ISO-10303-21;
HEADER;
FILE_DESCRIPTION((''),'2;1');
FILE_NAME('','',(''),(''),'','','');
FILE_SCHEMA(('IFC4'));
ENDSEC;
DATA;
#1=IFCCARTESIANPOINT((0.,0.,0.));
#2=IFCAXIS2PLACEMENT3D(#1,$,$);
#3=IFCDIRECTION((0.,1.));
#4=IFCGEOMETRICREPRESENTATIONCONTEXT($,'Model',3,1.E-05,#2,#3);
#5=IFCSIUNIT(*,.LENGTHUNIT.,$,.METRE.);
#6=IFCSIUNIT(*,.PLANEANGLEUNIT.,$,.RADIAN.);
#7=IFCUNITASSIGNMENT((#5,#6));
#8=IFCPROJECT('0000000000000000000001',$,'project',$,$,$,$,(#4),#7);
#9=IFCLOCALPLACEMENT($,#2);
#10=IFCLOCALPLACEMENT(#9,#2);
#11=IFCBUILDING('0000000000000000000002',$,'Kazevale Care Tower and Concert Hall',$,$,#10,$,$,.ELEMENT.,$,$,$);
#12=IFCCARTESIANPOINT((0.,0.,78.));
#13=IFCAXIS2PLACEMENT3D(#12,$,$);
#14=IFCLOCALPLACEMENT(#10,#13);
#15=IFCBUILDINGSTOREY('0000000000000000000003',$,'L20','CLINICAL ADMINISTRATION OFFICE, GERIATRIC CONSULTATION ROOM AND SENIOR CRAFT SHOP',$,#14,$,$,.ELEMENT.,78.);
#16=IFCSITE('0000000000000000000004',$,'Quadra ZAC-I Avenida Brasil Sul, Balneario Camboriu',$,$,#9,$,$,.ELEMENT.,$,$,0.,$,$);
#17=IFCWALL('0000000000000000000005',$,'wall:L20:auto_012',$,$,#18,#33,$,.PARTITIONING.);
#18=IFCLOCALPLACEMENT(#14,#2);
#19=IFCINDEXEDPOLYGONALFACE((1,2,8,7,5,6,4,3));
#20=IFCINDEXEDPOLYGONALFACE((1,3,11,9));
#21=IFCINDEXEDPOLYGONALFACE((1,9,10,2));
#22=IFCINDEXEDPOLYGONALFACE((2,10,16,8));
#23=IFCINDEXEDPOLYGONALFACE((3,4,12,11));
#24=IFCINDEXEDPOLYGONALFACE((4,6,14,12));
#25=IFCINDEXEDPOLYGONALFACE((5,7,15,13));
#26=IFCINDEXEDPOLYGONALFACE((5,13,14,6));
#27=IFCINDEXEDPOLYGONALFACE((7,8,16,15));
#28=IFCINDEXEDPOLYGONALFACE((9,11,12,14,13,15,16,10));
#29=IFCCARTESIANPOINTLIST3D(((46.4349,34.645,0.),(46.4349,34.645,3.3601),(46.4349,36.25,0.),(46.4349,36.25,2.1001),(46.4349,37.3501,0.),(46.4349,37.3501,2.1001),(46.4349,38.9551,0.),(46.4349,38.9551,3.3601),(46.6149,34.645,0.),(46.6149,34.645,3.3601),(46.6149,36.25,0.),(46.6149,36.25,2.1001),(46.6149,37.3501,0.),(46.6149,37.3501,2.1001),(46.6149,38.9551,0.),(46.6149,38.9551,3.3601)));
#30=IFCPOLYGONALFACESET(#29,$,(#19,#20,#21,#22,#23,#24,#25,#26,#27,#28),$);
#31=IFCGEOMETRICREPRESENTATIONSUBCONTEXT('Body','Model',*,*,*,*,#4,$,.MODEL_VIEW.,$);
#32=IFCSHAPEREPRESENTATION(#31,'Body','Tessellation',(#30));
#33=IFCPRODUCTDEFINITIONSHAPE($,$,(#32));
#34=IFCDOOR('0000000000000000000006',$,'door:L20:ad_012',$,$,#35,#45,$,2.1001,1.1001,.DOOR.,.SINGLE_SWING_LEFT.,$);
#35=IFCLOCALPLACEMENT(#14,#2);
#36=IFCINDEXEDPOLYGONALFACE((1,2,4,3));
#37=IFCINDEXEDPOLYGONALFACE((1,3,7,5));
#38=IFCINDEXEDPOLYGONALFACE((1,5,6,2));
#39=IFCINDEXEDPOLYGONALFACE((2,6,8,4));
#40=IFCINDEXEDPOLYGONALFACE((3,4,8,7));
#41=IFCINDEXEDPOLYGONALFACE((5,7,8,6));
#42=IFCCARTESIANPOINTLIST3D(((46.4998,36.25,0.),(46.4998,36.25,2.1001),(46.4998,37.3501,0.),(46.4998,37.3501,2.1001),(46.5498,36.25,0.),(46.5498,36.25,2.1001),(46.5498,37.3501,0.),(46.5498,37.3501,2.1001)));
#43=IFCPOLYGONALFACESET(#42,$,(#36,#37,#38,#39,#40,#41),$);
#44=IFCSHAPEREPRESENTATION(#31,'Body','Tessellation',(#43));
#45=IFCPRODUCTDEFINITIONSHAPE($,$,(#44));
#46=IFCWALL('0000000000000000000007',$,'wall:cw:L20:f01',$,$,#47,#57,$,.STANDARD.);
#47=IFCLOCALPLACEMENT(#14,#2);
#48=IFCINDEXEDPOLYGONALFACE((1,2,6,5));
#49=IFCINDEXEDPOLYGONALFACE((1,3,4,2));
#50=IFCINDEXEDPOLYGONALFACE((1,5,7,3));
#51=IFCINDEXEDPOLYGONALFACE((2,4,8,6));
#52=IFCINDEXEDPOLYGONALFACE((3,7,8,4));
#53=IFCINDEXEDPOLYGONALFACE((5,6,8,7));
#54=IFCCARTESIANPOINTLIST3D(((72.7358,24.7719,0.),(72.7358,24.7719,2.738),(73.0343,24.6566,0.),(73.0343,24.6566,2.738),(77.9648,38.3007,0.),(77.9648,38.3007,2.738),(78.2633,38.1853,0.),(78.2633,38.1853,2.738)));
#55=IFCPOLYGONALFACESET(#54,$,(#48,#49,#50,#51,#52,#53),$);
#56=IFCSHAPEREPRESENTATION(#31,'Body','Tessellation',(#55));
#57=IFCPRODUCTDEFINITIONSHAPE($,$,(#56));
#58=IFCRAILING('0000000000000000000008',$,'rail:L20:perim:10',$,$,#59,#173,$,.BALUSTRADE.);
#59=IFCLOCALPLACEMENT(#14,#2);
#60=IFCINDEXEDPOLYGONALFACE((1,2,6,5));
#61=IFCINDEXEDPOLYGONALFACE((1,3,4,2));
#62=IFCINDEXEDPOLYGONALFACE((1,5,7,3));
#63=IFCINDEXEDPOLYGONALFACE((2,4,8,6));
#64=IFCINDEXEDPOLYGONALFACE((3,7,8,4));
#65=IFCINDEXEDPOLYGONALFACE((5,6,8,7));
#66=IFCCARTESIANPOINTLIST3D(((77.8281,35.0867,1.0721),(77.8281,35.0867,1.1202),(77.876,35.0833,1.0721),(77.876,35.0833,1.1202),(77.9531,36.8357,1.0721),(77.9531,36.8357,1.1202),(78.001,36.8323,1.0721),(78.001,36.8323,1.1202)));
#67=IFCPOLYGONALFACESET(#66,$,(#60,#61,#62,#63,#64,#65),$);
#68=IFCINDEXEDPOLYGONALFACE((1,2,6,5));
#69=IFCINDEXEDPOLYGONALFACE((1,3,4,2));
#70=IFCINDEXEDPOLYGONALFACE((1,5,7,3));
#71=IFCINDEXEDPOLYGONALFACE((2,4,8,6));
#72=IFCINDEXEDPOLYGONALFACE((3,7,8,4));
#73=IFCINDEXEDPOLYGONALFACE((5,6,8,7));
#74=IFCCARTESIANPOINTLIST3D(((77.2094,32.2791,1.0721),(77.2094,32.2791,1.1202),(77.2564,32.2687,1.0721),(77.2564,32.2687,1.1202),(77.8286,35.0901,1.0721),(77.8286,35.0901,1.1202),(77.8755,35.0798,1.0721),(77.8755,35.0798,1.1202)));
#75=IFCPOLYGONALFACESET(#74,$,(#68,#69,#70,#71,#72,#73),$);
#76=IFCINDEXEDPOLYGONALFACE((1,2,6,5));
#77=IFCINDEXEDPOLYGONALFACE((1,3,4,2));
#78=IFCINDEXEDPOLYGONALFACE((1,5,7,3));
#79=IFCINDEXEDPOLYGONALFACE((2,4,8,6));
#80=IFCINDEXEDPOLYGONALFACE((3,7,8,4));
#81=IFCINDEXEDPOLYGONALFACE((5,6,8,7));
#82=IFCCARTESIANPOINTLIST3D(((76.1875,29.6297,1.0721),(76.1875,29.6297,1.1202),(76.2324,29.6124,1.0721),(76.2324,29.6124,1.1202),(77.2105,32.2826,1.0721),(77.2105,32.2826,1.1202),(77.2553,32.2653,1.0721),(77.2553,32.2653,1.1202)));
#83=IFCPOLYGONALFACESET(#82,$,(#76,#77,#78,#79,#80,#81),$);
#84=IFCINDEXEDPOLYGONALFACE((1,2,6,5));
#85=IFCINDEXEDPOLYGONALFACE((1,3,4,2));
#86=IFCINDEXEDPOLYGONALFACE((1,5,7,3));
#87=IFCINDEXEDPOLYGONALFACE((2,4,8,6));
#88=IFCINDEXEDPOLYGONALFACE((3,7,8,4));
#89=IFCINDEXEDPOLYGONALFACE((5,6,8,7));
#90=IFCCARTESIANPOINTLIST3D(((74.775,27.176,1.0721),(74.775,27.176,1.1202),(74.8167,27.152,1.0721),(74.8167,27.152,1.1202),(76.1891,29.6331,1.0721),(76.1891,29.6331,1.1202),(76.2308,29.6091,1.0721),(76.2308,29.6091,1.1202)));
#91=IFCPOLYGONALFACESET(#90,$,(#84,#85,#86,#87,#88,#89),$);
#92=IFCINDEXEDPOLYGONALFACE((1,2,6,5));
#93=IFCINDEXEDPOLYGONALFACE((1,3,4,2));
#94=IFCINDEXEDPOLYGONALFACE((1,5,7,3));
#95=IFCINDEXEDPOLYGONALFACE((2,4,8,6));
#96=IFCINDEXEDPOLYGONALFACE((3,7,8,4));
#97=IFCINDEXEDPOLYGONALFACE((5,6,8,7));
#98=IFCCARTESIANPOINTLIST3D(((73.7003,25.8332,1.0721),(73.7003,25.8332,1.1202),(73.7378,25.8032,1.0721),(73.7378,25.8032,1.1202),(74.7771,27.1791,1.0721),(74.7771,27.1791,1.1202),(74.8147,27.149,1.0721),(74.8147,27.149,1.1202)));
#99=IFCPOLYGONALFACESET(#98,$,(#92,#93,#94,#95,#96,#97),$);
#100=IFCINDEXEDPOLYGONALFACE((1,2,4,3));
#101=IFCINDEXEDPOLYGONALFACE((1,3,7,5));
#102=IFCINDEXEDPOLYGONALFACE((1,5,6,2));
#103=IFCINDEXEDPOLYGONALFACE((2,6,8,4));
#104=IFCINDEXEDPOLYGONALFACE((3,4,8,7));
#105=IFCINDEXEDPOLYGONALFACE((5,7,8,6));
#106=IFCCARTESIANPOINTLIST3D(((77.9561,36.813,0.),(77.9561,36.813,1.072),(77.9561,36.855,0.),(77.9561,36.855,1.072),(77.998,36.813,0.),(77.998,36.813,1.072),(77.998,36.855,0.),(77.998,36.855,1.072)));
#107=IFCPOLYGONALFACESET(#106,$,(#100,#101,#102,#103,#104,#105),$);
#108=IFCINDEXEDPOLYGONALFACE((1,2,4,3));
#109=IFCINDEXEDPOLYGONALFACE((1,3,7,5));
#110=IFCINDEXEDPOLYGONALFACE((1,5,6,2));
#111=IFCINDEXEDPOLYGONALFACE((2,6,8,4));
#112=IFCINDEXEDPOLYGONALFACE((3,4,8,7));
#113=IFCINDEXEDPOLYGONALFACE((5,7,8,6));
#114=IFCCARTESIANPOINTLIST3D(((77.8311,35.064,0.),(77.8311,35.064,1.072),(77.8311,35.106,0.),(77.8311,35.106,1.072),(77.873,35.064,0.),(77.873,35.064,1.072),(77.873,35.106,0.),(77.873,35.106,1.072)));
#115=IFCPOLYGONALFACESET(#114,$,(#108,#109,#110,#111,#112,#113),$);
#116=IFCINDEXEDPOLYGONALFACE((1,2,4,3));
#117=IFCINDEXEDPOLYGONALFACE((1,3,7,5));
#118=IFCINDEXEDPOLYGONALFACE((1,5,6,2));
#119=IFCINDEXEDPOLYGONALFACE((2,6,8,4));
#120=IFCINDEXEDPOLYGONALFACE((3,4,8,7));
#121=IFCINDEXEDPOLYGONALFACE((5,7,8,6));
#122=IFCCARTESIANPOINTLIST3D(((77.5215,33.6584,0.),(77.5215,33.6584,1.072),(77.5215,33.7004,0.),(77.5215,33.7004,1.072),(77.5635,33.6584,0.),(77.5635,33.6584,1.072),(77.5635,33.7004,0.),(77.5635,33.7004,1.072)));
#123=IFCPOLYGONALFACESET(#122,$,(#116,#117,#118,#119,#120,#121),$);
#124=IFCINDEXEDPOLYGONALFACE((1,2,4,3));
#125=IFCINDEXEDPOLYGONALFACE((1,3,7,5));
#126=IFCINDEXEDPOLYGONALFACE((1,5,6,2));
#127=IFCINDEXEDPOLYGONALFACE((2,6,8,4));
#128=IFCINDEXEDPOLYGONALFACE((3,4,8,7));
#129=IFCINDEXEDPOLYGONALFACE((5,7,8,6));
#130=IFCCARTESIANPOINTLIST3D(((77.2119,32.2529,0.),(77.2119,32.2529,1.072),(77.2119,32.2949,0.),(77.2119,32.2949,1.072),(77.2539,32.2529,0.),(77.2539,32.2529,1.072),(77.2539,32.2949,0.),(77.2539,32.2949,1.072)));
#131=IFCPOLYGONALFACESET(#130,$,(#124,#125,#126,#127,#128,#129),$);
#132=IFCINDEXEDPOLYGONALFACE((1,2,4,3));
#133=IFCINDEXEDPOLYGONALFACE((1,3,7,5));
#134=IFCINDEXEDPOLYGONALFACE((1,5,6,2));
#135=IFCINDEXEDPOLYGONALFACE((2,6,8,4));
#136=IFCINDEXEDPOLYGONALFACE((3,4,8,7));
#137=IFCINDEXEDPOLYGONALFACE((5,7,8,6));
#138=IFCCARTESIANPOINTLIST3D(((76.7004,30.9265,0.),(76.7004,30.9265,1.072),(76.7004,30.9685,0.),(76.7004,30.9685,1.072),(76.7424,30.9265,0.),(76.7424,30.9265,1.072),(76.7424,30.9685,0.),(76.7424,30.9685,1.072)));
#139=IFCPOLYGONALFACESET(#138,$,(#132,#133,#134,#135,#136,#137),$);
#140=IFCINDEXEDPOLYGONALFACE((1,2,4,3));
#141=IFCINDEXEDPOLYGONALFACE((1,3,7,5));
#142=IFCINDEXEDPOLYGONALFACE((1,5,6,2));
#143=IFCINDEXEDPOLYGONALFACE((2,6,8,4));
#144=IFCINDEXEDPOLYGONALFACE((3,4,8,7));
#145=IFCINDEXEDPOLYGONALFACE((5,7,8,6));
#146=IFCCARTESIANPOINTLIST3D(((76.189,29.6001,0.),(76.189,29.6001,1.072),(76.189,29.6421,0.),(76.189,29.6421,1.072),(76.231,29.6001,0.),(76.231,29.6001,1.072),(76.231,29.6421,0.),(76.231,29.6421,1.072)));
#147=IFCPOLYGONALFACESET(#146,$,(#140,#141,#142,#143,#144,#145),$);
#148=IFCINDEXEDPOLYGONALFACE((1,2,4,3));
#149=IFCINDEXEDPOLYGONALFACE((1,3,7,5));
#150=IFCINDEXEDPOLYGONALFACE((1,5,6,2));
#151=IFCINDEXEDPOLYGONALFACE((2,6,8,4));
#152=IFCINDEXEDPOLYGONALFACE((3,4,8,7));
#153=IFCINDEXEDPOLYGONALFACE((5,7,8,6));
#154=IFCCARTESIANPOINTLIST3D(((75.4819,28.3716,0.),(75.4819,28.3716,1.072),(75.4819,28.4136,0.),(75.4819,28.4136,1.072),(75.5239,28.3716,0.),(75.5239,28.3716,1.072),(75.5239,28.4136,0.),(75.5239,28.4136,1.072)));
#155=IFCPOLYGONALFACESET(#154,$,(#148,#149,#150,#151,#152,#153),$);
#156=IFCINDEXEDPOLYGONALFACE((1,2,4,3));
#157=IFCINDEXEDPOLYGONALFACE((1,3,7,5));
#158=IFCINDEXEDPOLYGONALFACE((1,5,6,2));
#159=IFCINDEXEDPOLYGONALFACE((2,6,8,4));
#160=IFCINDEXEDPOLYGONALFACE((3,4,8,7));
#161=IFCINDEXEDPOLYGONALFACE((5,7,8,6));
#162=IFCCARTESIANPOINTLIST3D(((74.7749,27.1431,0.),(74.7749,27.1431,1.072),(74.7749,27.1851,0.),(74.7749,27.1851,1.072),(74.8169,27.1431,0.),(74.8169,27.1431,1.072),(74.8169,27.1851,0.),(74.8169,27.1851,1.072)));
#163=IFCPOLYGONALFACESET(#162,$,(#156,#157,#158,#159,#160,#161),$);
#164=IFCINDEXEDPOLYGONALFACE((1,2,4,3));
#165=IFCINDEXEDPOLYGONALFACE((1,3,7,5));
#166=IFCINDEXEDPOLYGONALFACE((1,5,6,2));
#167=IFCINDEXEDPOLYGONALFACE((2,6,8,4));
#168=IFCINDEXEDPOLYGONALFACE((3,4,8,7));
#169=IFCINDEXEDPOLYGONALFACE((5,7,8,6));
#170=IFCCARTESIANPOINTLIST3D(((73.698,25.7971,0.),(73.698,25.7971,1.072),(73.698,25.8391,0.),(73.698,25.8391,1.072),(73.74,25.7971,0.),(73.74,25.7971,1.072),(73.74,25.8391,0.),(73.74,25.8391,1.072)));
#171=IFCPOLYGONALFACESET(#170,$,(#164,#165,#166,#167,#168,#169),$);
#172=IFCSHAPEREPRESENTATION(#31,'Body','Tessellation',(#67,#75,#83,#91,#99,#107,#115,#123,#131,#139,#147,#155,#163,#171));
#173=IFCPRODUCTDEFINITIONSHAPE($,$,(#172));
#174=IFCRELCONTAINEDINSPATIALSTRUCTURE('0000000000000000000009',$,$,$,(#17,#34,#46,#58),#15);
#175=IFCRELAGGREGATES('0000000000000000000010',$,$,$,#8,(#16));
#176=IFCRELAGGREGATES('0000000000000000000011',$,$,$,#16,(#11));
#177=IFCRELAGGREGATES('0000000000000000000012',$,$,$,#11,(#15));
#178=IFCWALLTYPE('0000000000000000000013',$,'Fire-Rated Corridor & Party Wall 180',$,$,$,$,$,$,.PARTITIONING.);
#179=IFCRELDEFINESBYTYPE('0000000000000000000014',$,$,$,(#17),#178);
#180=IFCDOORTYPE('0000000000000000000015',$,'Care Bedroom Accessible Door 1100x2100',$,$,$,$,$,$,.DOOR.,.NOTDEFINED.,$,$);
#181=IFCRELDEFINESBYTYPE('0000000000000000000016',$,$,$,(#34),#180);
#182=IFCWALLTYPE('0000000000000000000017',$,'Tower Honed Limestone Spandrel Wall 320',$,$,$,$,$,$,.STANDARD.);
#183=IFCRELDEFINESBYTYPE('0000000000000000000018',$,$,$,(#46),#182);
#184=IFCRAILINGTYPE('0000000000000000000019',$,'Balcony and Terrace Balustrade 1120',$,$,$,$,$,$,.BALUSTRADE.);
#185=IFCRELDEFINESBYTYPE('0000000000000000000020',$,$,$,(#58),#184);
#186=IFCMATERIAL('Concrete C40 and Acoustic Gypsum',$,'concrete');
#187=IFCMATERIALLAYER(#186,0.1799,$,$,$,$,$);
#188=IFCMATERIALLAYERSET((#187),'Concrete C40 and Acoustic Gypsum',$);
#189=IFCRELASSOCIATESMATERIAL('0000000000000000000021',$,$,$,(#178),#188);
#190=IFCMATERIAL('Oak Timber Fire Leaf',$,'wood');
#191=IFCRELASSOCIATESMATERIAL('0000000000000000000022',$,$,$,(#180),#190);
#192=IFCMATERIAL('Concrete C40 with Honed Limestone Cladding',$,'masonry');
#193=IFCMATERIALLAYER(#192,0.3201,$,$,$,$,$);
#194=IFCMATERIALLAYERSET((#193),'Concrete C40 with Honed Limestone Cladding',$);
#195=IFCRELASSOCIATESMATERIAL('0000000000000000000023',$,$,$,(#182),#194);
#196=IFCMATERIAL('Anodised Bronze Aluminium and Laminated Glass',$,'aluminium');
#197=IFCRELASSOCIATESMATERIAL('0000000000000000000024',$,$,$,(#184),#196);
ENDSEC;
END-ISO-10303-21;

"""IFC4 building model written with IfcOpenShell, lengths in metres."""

from ifc_helpers import new_model, si_unit, direction, frame, frame_2d, origin, origin_2d, place, context, subcontext, project, spatial, rectangle, extrude, material, layer, layer_set, type_object, element, fill, save


model = new_model("IFC4")

# Units and contexts
model_context = context("Model", 3, precision=1e-05, world=origin(), true_north=direction((0.0, 1.0)))
body_context = subcontext(model_context, "Body", "Model", "MODEL_VIEW")
ifc_project = project(units=[si_unit("LENGTHUNIT", "METRE"), si_unit("PLANEANGLEUNIT", "RADIAN")], contexts=[model_context])

# Site, building, storey
site_placement = place(None, origin())
site = spatial("IfcSite", under=ifc_project, at=site_placement, Name="Quadra ZAC-I Avenida Brasil Sul, Balneario Camboriu", CompositionType="ELEMENT", RefElevation=0.0)
building_placement = place(site_placement, origin())
building = spatial("IfcBuilding", under=site, at=building_placement, Name="Kazevale Care Tower and Concert Hall", CompositionType="ELEMENT")
storey_placement = place(building_placement, frame((0.0, 0.0, 78.0)))
storey = spatial("IfcBuildingStorey", under=building, at=storey_placement, Name="L20", Description="CLINICAL ADMINISTRATION OFFICE, GERIATRIC CONSULTATION ROOM AND SENIOR CRAFT SHOP", CompositionType="ELEMENT", Elevation=78.0)

# Wall, opening, door
ifc_material_1 = material(Name="Concrete C40 and Acoustic Gypsum", Category="concrete")
ifc_layer_1 = layer(ifc_material_1, 0.1799)
ifc_layer_set_1 = layer_set([ifc_layer_1], Name="Concrete C40 and Acoustic Gypsum")
wall_type_1 = type_object("IfcWallType", Name="Fire-Rated Corridor & Party Wall 180", PredefinedType="PARTITIONING", material=ifc_layer_set_1)
ifc_material_2 = material(Name="Oak Timber Fire Leaf", Category="wood")
door_type = type_object("IfcDoorType", Name="Care Bedroom Accessible Door 1100x2100", OperationType="NOTDEFINED", PredefinedType="DOOR", material=ifc_material_2)
wall_1_placement = place(storey_placement, frame((46.5249, 38.9551, 0.0), z_axis=(0.0, 0.0, 1.0), x_axis=(0.0, -1.0, 0.0)))
wall_1 = element("IfcWall", 1, at=wall_1_placement, inside=storey, type_object=wall_type_1, Name="wall:L20:auto_012", PredefinedType="PARTITIONING", context=body_context, shape_type="SweptSolid", body=[
    extrude(rectangle(XDim=4.3101, YDim=0.1799, at=frame_2d((2.155, 0.0))), origin(), (0.0, 0.0, 1.0), 3.3601),
])
opening_1_placement = place(wall_1_placement, frame((1.605, 0.0, 0.0)))
opening_1 = element("IfcOpeningElement", 2, at=opening_1_placement, cuts=wall_1, PredefinedType="OPENING", context=body_context, shape_type="SweptSolid", body=[
    extrude(rectangle(XDim=1.1001, YDim=2.1001, at=frame_2d((0.55, 1.05))), frame((0.0, 0.0999, 0.0), z_axis=(0.0, -1.0, 0.0), x_axis=(1.0, 0.0, 0.0)), (0.0, 0.0, 1.0), 0.2),
])
door_1_placement = place(opening_1_placement, origin())
door_1 = element("IfcDoor", 3, at=door_1_placement, inside=storey, type_object=door_type, Name="door:L20:ad_012", OperationType="SINGLE_SWING_LEFT", OverallHeight=2.1001, OverallWidth=1.1001, PredefinedType="DOOR", context=body_context, shape_type="SweptSolid", body=[
    extrude(rectangle(XDim=1.1001, YDim=2.1001, at=frame_2d((0.55, 1.05))), frame((0.0, 0.0249, 0.0), z_axis=(0.0, -1.0, 0.0), x_axis=(1.0, 0.0, 0.0)), (0.0, 0.0, 1.0), 0.05),
])
fill(opening_1, door_1)

# Wall
ifc_material_3 = material(Name="Concrete C40 with Honed Limestone Cladding", Category="masonry")
ifc_layer_2 = layer(ifc_material_3, 0.3201)
ifc_layer_set_2 = layer_set([ifc_layer_2], Name="Concrete C40 with Honed Limestone Cladding")
wall_type_2 = type_object("IfcWallType", Name="Tower Honed Limestone Spandrel Wall 320", PredefinedType="STANDARD", material=ifc_layer_set_2)
wall_2_placement = place(storey_placement, frame((78.114, 38.2429, 0.0), z_axis=(0.0, 0.0, 1.0), x_axis=(-0.360517, -0.932753, 0.0)))
element("IfcWall", 4, at=wall_2_placement, inside=storey, type_object=wall_type_2, Name="wall:cw:L20:f01", PredefinedType="STANDARD", context=body_context, shape_type="SweptSolid", body=[
    extrude(rectangle(XDim=14.5042, YDim=0.3201, at=frame_2d((7.252, 0.0))), origin(), (0.0, 0.0, 1.0), 2.738),
])

# Railing
ifc_material_4 = material(Name="Anodised Bronze Aluminium and Laminated Glass", Category="aluminium")
railing_type = type_object("IfcRailingType", Name="Balcony and Terrace Balustrade 1120", PredefinedType="BALUSTRADE", material=ifc_material_4)
railing_placement = place(storey_placement, frame((77.9771, 36.834, 0.0)))
element("IfcRailing", 5, at=railing_placement, inside=storey, type_object=railing_type, Name="rail:L20:perim:10", PredefinedType="BALUSTRADE", context=body_context, shape_type="SweptSolid", body=[
    extrude(rectangle(XDim=0.0481, YDim=0.0481, at=origin_2d()), frame((0.0, 0.0, 1.0962), z_axis=(-0.071287, -0.997456, 0.0), x_axis=(0.997456, -0.071287, 0.0)), (0.0, 0.0, 1.0), 1.7534),
    extrude(rectangle(XDim=0.0481, YDim=0.0481, at=origin_2d()), frame((-0.125, -1.749, 1.0962), z_axis=(-0.215098, -0.976592, 0.0), x_axis=(0.976592, -0.215098, 0.0)), (0.0, 0.0, 1.0), 2.8784),
    extrude(rectangle(XDim=0.0481, YDim=0.0481, at=origin_2d()), frame((-0.7441, -4.5601, 1.0962), z_axis=(-0.359785, -0.933035, 0.0), x_axis=(0.933035, -0.359785, 0.0)), (0.0, 0.0, 1.0), 2.8433),
    extrude(rectangle(XDim=0.0481, YDim=0.0481, at=origin_2d()), frame((-1.7671, -7.2129, 1.0962), z_axis=(-0.498808, -0.866713, 0.0), x_axis=(0.866713, -0.498808, 0.0)), (0.0, 0.0, 1.0), 2.835),
    extrude(rectangle(XDim=0.0481, YDim=0.0481, at=origin_2d()), frame((-3.1812, -9.6699, 1.0962), z_axis=(-0.624747, -0.780827, 0.0), x_axis=(0.780827, -0.624747, 0.0)), (0.0, 0.0, 1.0), 1.7236),
    extrude(rectangle(XDim=0.042, YDim=0.042, at=origin_2d()), origin(), (0.0, 0.0, 1.0), 1.072),
    extrude(rectangle(XDim=0.042, YDim=0.042, at=origin_2d()), frame((-0.125, -1.749, 0.0)), (0.0, 0.0, 1.0), 1.072),
    extrude(rectangle(XDim=0.042, YDim=0.042, at=origin_2d()), frame((-0.4346, -3.1545, 0.0)), (0.0, 0.0, 1.0), 1.072),
    extrude(rectangle(XDim=0.042, YDim=0.042, at=origin_2d()), frame((-0.7441, -4.5601, 0.0)), (0.0, 0.0, 1.0), 1.072),
    extrude(rectangle(XDim=0.042, YDim=0.042, at=origin_2d()), frame((-1.2556, -5.8865, 0.0)), (0.0, 0.0, 1.0), 1.072),
    extrude(rectangle(XDim=0.042, YDim=0.042, at=origin_2d()), frame((-1.7671, -7.2129, 0.0)), (0.0, 0.0, 1.0), 1.072),
    extrude(rectangle(XDim=0.042, YDim=0.042, at=origin_2d()), frame((-2.4741, -8.4414, 0.0)), (0.0, 0.0, 1.0), 1.072),
    extrude(rectangle(XDim=0.042, YDim=0.042, at=origin_2d()), frame((-3.1812, -9.6699, 0.0)), (0.0, 0.0, 1.0), 1.072),
    extrude(rectangle(XDim=0.042, YDim=0.042, at=origin_2d()), frame((-4.2581, -11.0159, 0.0)), (0.0, 0.0, 1.0), 1.072),
])

save(model, "model.ifc")
